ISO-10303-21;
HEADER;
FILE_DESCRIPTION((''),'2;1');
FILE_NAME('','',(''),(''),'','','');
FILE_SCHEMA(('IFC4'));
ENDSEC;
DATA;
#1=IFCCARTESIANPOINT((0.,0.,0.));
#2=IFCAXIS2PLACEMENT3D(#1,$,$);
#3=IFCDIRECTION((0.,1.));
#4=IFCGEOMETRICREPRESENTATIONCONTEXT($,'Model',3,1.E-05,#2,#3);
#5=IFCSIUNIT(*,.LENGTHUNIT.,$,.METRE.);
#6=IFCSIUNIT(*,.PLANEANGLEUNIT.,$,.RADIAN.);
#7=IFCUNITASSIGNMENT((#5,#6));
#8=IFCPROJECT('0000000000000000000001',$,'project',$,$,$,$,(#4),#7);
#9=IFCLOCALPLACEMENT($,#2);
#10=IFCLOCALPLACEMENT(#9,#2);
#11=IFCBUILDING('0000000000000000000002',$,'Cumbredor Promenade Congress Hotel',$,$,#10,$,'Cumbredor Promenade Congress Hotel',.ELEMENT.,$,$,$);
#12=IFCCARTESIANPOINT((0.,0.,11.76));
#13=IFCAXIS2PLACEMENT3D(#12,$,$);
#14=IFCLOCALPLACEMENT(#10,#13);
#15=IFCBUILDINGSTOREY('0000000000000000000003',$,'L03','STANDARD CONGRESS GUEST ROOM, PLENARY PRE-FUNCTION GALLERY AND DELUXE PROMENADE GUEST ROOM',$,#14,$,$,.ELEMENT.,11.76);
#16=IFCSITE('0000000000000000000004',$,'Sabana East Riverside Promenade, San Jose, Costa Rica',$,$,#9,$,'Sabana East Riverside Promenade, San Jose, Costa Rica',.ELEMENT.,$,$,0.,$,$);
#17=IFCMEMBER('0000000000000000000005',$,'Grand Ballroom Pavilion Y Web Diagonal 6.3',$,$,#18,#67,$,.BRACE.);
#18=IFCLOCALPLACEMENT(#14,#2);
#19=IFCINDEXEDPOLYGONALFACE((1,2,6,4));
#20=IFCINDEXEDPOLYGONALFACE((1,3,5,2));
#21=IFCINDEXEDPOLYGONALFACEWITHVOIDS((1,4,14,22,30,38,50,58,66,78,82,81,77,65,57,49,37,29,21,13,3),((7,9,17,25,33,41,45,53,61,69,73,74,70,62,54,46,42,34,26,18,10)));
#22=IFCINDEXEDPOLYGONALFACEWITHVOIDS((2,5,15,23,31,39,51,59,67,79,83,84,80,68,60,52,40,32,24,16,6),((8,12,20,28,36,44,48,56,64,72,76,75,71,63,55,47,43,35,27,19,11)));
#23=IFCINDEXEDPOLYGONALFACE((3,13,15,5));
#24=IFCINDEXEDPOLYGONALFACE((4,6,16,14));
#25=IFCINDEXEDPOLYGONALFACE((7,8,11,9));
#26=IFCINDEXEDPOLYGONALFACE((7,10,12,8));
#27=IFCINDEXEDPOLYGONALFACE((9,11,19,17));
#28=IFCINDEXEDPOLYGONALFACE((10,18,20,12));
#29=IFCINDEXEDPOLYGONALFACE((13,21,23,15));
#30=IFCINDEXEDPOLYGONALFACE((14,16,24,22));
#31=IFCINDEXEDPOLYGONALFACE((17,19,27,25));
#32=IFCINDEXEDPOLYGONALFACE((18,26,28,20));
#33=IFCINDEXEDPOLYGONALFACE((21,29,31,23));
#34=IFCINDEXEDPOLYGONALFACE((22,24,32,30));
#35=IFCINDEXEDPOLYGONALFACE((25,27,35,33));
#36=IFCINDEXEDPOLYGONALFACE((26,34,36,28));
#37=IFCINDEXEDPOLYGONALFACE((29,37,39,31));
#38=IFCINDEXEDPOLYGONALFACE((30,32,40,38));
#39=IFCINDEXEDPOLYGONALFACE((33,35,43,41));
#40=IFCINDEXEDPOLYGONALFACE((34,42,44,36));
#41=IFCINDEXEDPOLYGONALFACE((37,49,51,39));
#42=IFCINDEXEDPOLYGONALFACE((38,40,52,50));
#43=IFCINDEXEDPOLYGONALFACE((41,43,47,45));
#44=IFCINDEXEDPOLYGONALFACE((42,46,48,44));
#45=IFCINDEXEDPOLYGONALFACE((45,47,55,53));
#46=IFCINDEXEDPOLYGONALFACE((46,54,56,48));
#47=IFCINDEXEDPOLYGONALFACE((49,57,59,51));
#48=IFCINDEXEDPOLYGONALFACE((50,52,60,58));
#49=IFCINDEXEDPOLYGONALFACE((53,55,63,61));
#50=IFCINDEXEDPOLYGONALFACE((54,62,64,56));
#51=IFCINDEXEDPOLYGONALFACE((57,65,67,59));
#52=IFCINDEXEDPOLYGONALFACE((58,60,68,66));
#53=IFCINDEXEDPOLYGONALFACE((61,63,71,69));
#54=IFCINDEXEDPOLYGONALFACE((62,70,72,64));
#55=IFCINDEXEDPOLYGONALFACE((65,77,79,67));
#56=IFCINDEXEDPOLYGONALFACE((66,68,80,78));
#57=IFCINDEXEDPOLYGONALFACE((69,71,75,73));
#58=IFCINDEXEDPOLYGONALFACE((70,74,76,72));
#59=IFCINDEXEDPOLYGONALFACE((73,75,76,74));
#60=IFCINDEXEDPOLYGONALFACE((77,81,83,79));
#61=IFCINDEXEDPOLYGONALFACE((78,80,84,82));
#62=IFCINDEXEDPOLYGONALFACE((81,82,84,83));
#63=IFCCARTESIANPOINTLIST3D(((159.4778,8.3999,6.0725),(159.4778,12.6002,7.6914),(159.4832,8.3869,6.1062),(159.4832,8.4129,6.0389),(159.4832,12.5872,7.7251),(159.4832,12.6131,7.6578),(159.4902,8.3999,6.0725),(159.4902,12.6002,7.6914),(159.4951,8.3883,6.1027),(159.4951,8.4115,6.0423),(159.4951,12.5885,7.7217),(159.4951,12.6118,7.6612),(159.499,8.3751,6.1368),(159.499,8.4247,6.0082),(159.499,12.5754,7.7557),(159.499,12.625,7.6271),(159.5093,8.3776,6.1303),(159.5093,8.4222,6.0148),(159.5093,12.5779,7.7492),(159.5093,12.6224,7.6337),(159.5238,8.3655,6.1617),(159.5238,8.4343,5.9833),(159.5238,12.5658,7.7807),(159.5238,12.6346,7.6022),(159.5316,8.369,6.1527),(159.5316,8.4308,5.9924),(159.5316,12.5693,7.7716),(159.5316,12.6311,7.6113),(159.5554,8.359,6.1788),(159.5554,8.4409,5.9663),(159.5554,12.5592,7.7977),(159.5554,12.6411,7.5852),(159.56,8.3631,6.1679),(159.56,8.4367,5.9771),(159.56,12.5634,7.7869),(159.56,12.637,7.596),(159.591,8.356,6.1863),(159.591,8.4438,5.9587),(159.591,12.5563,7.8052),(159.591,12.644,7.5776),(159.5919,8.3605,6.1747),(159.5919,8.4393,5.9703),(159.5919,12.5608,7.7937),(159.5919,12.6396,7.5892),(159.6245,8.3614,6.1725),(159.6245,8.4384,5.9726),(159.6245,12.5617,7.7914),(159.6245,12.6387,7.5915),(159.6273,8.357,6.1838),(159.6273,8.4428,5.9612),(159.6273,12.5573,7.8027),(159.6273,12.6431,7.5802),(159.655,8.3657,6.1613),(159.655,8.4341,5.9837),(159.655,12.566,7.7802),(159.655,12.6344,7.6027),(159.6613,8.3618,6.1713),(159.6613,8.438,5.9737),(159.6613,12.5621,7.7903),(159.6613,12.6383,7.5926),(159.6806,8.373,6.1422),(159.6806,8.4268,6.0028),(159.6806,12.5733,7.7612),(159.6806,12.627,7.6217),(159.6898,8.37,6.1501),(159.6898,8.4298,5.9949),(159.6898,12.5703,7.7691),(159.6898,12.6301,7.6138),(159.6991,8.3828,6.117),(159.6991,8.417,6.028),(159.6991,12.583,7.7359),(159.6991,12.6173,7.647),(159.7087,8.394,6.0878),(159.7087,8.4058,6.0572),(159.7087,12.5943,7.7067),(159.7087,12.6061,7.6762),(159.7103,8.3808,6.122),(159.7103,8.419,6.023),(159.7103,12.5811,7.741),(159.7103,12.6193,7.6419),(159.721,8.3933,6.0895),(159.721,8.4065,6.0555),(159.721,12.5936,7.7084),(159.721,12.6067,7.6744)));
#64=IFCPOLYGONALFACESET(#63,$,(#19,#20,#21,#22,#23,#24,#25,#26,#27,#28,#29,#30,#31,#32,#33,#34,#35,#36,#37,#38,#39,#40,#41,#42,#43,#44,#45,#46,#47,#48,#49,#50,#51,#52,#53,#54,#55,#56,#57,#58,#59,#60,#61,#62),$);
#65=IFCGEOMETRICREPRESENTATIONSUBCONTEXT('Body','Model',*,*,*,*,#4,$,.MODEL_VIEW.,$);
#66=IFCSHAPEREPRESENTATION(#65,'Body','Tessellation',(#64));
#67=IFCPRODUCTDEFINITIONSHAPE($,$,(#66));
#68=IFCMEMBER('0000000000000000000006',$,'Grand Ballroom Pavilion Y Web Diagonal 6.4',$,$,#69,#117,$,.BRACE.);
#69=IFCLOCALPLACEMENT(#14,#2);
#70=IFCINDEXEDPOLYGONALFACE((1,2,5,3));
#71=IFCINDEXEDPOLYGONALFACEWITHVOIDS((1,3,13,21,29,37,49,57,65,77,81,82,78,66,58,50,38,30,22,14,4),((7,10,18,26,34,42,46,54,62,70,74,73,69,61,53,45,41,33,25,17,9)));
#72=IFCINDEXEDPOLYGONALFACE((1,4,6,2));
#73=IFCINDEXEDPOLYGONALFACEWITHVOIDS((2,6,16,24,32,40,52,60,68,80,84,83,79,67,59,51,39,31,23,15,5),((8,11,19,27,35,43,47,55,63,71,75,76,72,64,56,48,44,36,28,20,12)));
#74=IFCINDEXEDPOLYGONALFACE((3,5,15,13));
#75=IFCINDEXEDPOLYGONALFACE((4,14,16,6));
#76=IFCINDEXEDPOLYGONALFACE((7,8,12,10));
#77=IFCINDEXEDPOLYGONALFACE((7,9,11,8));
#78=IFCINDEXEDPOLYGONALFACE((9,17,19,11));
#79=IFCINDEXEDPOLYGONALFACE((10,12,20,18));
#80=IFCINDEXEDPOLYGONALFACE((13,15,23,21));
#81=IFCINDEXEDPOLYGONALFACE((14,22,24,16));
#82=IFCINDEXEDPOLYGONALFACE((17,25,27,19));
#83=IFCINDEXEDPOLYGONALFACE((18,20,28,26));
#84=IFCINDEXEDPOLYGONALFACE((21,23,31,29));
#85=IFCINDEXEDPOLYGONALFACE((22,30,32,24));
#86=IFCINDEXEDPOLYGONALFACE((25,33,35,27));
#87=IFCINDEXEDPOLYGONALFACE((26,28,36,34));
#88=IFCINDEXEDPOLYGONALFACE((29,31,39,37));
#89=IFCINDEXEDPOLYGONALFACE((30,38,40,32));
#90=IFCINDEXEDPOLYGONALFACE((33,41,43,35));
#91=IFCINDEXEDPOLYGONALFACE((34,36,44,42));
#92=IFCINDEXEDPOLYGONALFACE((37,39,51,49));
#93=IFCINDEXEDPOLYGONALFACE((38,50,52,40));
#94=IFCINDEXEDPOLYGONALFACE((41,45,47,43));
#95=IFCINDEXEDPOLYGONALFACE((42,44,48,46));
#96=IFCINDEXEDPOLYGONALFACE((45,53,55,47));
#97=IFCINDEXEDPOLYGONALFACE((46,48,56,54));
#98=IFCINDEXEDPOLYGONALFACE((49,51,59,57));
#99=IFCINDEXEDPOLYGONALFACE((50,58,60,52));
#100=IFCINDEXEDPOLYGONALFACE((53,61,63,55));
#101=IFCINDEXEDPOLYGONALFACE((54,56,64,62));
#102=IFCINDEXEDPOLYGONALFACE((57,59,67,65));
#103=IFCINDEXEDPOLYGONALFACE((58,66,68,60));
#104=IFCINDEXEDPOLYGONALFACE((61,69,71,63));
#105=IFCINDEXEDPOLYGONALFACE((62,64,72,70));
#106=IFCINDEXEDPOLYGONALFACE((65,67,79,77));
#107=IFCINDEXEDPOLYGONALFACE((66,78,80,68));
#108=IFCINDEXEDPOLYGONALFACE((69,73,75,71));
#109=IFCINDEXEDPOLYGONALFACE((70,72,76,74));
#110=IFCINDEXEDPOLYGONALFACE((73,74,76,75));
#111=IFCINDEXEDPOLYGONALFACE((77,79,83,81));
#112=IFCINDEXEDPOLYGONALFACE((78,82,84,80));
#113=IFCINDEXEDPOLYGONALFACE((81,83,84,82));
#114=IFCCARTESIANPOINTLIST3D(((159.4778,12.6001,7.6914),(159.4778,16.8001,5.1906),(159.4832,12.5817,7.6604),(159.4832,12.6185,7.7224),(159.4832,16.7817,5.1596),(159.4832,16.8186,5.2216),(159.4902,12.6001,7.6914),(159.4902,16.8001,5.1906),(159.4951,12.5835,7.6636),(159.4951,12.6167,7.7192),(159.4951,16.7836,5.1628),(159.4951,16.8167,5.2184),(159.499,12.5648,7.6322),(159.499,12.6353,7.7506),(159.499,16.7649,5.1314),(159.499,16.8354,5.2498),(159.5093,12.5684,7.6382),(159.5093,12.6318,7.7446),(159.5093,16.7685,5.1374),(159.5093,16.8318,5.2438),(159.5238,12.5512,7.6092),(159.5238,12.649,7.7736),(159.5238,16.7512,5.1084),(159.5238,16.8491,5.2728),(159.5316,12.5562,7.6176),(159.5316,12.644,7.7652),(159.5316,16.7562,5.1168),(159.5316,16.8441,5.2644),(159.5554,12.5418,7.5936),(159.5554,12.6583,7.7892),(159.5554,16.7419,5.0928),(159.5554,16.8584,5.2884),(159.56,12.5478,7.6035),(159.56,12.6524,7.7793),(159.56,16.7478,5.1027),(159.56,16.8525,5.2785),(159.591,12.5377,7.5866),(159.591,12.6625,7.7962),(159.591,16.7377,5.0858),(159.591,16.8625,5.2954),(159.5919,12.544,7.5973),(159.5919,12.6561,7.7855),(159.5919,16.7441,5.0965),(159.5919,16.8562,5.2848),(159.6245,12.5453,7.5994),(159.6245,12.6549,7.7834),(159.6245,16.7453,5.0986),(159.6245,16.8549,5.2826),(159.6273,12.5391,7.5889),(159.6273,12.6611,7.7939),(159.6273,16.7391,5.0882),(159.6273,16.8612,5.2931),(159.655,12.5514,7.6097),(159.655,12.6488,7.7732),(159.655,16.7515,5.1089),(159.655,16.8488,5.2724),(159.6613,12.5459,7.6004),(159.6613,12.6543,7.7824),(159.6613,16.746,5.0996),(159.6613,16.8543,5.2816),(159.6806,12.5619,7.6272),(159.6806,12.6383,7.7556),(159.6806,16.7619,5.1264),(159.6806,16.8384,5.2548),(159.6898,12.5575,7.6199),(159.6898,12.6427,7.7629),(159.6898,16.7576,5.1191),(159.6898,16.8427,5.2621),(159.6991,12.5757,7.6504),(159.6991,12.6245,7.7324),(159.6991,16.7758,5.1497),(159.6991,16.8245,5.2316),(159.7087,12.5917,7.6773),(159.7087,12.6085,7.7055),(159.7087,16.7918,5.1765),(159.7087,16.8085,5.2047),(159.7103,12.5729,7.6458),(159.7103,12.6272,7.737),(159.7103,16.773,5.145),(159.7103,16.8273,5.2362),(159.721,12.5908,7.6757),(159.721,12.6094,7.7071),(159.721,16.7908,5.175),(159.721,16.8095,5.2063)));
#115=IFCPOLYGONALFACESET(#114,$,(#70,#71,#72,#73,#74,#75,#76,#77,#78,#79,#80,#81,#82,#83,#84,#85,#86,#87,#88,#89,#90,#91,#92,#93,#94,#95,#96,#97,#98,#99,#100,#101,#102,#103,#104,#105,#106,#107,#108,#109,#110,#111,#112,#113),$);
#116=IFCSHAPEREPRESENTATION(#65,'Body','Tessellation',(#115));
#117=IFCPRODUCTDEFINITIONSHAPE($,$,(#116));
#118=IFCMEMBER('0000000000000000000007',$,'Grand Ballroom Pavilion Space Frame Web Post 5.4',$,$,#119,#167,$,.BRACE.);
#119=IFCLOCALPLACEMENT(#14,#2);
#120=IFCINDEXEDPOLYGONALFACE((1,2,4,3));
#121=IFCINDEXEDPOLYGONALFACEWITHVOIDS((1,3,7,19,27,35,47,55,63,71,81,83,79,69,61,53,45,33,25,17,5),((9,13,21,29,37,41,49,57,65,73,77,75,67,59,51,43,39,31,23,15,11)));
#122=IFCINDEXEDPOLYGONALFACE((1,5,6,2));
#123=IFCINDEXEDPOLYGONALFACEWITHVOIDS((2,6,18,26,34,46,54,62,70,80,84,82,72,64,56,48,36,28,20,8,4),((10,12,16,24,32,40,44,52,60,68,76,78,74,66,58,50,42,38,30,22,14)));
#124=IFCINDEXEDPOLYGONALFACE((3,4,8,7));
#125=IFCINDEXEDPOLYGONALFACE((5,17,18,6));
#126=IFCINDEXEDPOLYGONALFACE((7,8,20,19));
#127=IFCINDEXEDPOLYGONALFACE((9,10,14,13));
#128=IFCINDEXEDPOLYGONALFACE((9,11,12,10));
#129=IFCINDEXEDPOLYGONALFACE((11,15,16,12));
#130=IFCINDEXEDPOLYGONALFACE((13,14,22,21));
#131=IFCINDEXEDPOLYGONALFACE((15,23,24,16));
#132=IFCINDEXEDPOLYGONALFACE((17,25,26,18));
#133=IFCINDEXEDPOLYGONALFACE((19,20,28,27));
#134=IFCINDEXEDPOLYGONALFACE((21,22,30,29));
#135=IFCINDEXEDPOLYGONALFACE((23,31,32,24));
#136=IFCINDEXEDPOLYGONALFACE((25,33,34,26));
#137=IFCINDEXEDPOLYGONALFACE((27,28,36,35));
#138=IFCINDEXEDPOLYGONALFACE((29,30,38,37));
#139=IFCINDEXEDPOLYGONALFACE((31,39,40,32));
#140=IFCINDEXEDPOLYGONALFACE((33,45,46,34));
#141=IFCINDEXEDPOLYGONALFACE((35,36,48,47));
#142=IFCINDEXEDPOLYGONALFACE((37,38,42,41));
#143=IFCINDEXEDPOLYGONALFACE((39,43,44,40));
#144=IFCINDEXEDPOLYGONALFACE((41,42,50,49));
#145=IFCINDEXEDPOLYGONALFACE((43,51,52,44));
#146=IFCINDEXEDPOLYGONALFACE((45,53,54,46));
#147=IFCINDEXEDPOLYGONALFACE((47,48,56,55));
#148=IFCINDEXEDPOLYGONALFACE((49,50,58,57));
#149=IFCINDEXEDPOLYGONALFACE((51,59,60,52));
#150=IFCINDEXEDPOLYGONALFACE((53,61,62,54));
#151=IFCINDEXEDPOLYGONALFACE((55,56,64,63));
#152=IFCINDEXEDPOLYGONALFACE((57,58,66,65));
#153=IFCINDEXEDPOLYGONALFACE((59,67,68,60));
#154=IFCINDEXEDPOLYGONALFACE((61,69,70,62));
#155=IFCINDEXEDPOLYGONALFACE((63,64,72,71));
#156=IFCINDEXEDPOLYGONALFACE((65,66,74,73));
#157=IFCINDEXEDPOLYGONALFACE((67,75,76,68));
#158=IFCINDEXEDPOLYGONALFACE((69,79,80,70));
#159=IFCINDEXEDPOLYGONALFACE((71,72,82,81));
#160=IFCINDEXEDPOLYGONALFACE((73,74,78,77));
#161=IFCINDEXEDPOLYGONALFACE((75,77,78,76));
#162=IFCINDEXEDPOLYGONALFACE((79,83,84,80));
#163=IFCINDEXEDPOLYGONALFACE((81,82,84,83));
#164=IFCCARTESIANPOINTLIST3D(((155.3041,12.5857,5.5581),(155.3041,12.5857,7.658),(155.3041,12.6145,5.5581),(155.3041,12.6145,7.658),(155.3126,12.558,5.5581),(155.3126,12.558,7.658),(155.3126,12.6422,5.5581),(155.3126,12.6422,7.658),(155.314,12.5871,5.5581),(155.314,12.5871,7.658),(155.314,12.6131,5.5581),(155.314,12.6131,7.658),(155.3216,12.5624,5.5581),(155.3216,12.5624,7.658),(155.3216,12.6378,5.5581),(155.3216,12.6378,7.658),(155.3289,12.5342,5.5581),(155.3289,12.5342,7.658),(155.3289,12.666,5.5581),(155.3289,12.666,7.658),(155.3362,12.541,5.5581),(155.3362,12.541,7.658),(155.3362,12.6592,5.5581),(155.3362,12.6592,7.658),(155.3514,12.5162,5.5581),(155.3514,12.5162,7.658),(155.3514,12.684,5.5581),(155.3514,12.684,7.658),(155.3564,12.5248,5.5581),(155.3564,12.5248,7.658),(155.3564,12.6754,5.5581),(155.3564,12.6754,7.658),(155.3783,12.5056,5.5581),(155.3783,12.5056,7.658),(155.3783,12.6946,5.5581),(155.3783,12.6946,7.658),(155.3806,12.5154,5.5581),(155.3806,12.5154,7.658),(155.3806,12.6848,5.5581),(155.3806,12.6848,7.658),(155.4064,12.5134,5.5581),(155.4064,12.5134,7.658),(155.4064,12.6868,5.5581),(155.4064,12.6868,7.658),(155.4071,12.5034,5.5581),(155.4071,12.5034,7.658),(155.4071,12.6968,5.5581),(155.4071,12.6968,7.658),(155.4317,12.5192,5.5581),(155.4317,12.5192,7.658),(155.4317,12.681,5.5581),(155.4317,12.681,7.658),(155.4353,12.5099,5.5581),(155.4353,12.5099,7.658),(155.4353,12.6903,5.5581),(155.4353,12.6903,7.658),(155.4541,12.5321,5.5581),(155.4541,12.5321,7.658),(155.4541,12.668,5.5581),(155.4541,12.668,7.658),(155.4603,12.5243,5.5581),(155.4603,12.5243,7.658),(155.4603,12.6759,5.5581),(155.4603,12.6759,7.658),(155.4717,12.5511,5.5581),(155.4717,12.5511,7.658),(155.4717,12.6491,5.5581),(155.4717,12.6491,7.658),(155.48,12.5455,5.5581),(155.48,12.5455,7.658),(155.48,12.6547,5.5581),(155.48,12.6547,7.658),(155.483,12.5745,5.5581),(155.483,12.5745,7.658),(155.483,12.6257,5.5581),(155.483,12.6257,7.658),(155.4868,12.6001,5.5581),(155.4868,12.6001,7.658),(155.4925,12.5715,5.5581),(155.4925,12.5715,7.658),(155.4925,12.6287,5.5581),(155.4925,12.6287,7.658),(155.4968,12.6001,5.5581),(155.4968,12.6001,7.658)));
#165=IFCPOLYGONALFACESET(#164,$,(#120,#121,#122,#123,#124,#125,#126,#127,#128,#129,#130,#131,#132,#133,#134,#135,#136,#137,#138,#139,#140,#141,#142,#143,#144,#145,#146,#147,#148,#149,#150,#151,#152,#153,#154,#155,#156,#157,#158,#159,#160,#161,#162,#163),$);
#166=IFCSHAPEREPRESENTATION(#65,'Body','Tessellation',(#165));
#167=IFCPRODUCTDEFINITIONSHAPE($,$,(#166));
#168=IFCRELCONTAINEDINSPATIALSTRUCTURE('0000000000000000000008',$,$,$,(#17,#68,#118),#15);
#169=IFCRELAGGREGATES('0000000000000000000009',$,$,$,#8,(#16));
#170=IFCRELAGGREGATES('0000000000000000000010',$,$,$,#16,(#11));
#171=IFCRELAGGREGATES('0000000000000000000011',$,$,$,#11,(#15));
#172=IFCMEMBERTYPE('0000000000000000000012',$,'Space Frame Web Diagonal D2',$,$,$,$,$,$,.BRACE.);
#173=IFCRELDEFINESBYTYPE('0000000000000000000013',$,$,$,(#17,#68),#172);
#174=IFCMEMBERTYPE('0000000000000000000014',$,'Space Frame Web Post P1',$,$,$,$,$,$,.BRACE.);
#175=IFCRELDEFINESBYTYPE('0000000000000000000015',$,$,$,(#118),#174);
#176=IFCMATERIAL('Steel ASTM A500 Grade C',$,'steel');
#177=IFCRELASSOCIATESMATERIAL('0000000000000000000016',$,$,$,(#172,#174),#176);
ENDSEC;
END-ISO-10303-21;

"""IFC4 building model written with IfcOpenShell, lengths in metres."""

from ifc_helpers import new_model, si_unit, direction, frame, origin, origin_2d, place, context, subcontext, project, spatial, hollow_circle, extrude, material, material_profile, profile_set, type_object, element, save


model = new_model("IFC4")

# Units and contexts
model_context = context("Model", 3, precision=1e-05, world=origin(), true_north=direction((0.0, 1.0)))
body_context = subcontext(model_context, "Body", "Model", "MODEL_VIEW")
ifc_project = project(units=[si_unit("LENGTHUNIT", "METRE"), si_unit("PLANEANGLEUNIT", "RADIAN")], contexts=[model_context])

# Site, building, storey
site_placement = place(None, origin())
site = spatial("IfcSite", under=ifc_project, at=site_placement, Name="Sabana East Riverside Promenade, San Jose, Costa Rica", LongName="Sabana East Riverside Promenade, San Jose, Costa Rica", CompositionType="ELEMENT", RefElevation=0.0)
building_placement = place(site_placement, origin())
building = spatial("IfcBuilding", under=site, at=building_placement, Name="Cumbredor Promenade Congress Hotel", LongName="Cumbredor Promenade Congress Hotel", CompositionType="ELEMENT")
storey_placement = place(building_placement, frame((0.0, 0.0, 11.76)))
storey = spatial("IfcBuildingStorey", under=building, at=storey_placement, Name="L03", Description="STANDARD CONGRESS GUEST ROOM, PLENARY PRE-FUNCTION GALLERY AND DELUXE PROMENADE GUEST ROOM", CompositionType="ELEMENT", Elevation=11.76)

# Shared definitions
ifc_material_1 = material(Name="Steel ASTM A500 Grade C", Category="steel")

# Members
ifc_material_profile_1 = material_profile(ifc_material_1, hollow_circle(Radius=0.1223, WallThickness=0.0125, at=origin_2d()), Name="CHS 244.5x12.5")
ifc_profile_set_1 = profile_set([ifc_material_profile_1], Name="Steel ASTM A500 Grade C")
member_type_1 = type_object("IfcMemberType", Name="Space Frame Web Diagonal D2", PredefinedType="BRACE", material=ifc_profile_set_1)
member_1_placement = place(storey_placement, frame((159.6001, 8.3999, 6.0725), z_axis=(0.0, 0.93309, 0.359644), x_axis=(-1.0, 0.0, 0.0)))
element("IfcMember", 1, at=member_1_placement, inside=storey, type_object=member_type_1, Name="Grand Ballroom Pavilion Y Web Diagonal 6.3", PredefinedType="BRACE", context=body_context, shape_type="SweptSolid", body=[
    extrude(hollow_circle(Radius=0.1223, WallThickness=0.0125, at=origin_2d()), origin(), (0.0, 0.0, 1.0), 4.5015),
])
member_2_placement = place(storey_placement, frame((159.6001, 12.6001, 7.6914), z_axis=(0.0, 0.859224, -0.511599), x_axis=(-1.0, 0.0, 0.0)))
element("IfcMember", 2, at=member_2_placement, inside=storey, type_object=member_type_1, Name="Grand Ballroom Pavilion Y Web Diagonal 6.4", PredefinedType="BRACE", context=body_context, shape_type="SweptSolid", body=[
    extrude(hollow_circle(Radius=0.1223, WallThickness=0.0125, at=origin_2d()), origin(), (0.0, 0.0, 1.0), 4.8882),
])
ifc_material_profile_2 = material_profile(ifc_material_1, hollow_circle(Radius=0.0969, WallThickness=0.01, at=origin_2d()), Name="CHS 193.7x10")
ifc_profile_set_2 = profile_set([ifc_material_profile_2], Name="Steel ASTM A500 Grade C")
member_type_2 = type_object("IfcMemberType", Name="Space Frame Web Post P1", PredefinedType="BRACE", material=ifc_profile_set_2)
for number, where, z_axis, x_axis, name in (
    (3, (155.3999, 12.6001, 5.5581), (0.0, 0.0, 1.0), (1.0, 0.0, 0.0), "Grand Ballroom Pavilion Space Frame Web Post 5.4"),
):
    element("IfcMember", number, at=place(storey_placement, frame(where, z_axis=z_axis, x_axis=x_axis)), inside=storey, type_object=member_type_2, Name=name, PredefinedType="BRACE", context=body_context, shape_type="SweptSolid", body=[
        extrude(hollow_circle(Radius=0.0969, WallThickness=0.01, at=origin_2d()), origin(), (0.0, 0.0, 1.0), 2.0999),
    ])

save(model, "model.ifc")
